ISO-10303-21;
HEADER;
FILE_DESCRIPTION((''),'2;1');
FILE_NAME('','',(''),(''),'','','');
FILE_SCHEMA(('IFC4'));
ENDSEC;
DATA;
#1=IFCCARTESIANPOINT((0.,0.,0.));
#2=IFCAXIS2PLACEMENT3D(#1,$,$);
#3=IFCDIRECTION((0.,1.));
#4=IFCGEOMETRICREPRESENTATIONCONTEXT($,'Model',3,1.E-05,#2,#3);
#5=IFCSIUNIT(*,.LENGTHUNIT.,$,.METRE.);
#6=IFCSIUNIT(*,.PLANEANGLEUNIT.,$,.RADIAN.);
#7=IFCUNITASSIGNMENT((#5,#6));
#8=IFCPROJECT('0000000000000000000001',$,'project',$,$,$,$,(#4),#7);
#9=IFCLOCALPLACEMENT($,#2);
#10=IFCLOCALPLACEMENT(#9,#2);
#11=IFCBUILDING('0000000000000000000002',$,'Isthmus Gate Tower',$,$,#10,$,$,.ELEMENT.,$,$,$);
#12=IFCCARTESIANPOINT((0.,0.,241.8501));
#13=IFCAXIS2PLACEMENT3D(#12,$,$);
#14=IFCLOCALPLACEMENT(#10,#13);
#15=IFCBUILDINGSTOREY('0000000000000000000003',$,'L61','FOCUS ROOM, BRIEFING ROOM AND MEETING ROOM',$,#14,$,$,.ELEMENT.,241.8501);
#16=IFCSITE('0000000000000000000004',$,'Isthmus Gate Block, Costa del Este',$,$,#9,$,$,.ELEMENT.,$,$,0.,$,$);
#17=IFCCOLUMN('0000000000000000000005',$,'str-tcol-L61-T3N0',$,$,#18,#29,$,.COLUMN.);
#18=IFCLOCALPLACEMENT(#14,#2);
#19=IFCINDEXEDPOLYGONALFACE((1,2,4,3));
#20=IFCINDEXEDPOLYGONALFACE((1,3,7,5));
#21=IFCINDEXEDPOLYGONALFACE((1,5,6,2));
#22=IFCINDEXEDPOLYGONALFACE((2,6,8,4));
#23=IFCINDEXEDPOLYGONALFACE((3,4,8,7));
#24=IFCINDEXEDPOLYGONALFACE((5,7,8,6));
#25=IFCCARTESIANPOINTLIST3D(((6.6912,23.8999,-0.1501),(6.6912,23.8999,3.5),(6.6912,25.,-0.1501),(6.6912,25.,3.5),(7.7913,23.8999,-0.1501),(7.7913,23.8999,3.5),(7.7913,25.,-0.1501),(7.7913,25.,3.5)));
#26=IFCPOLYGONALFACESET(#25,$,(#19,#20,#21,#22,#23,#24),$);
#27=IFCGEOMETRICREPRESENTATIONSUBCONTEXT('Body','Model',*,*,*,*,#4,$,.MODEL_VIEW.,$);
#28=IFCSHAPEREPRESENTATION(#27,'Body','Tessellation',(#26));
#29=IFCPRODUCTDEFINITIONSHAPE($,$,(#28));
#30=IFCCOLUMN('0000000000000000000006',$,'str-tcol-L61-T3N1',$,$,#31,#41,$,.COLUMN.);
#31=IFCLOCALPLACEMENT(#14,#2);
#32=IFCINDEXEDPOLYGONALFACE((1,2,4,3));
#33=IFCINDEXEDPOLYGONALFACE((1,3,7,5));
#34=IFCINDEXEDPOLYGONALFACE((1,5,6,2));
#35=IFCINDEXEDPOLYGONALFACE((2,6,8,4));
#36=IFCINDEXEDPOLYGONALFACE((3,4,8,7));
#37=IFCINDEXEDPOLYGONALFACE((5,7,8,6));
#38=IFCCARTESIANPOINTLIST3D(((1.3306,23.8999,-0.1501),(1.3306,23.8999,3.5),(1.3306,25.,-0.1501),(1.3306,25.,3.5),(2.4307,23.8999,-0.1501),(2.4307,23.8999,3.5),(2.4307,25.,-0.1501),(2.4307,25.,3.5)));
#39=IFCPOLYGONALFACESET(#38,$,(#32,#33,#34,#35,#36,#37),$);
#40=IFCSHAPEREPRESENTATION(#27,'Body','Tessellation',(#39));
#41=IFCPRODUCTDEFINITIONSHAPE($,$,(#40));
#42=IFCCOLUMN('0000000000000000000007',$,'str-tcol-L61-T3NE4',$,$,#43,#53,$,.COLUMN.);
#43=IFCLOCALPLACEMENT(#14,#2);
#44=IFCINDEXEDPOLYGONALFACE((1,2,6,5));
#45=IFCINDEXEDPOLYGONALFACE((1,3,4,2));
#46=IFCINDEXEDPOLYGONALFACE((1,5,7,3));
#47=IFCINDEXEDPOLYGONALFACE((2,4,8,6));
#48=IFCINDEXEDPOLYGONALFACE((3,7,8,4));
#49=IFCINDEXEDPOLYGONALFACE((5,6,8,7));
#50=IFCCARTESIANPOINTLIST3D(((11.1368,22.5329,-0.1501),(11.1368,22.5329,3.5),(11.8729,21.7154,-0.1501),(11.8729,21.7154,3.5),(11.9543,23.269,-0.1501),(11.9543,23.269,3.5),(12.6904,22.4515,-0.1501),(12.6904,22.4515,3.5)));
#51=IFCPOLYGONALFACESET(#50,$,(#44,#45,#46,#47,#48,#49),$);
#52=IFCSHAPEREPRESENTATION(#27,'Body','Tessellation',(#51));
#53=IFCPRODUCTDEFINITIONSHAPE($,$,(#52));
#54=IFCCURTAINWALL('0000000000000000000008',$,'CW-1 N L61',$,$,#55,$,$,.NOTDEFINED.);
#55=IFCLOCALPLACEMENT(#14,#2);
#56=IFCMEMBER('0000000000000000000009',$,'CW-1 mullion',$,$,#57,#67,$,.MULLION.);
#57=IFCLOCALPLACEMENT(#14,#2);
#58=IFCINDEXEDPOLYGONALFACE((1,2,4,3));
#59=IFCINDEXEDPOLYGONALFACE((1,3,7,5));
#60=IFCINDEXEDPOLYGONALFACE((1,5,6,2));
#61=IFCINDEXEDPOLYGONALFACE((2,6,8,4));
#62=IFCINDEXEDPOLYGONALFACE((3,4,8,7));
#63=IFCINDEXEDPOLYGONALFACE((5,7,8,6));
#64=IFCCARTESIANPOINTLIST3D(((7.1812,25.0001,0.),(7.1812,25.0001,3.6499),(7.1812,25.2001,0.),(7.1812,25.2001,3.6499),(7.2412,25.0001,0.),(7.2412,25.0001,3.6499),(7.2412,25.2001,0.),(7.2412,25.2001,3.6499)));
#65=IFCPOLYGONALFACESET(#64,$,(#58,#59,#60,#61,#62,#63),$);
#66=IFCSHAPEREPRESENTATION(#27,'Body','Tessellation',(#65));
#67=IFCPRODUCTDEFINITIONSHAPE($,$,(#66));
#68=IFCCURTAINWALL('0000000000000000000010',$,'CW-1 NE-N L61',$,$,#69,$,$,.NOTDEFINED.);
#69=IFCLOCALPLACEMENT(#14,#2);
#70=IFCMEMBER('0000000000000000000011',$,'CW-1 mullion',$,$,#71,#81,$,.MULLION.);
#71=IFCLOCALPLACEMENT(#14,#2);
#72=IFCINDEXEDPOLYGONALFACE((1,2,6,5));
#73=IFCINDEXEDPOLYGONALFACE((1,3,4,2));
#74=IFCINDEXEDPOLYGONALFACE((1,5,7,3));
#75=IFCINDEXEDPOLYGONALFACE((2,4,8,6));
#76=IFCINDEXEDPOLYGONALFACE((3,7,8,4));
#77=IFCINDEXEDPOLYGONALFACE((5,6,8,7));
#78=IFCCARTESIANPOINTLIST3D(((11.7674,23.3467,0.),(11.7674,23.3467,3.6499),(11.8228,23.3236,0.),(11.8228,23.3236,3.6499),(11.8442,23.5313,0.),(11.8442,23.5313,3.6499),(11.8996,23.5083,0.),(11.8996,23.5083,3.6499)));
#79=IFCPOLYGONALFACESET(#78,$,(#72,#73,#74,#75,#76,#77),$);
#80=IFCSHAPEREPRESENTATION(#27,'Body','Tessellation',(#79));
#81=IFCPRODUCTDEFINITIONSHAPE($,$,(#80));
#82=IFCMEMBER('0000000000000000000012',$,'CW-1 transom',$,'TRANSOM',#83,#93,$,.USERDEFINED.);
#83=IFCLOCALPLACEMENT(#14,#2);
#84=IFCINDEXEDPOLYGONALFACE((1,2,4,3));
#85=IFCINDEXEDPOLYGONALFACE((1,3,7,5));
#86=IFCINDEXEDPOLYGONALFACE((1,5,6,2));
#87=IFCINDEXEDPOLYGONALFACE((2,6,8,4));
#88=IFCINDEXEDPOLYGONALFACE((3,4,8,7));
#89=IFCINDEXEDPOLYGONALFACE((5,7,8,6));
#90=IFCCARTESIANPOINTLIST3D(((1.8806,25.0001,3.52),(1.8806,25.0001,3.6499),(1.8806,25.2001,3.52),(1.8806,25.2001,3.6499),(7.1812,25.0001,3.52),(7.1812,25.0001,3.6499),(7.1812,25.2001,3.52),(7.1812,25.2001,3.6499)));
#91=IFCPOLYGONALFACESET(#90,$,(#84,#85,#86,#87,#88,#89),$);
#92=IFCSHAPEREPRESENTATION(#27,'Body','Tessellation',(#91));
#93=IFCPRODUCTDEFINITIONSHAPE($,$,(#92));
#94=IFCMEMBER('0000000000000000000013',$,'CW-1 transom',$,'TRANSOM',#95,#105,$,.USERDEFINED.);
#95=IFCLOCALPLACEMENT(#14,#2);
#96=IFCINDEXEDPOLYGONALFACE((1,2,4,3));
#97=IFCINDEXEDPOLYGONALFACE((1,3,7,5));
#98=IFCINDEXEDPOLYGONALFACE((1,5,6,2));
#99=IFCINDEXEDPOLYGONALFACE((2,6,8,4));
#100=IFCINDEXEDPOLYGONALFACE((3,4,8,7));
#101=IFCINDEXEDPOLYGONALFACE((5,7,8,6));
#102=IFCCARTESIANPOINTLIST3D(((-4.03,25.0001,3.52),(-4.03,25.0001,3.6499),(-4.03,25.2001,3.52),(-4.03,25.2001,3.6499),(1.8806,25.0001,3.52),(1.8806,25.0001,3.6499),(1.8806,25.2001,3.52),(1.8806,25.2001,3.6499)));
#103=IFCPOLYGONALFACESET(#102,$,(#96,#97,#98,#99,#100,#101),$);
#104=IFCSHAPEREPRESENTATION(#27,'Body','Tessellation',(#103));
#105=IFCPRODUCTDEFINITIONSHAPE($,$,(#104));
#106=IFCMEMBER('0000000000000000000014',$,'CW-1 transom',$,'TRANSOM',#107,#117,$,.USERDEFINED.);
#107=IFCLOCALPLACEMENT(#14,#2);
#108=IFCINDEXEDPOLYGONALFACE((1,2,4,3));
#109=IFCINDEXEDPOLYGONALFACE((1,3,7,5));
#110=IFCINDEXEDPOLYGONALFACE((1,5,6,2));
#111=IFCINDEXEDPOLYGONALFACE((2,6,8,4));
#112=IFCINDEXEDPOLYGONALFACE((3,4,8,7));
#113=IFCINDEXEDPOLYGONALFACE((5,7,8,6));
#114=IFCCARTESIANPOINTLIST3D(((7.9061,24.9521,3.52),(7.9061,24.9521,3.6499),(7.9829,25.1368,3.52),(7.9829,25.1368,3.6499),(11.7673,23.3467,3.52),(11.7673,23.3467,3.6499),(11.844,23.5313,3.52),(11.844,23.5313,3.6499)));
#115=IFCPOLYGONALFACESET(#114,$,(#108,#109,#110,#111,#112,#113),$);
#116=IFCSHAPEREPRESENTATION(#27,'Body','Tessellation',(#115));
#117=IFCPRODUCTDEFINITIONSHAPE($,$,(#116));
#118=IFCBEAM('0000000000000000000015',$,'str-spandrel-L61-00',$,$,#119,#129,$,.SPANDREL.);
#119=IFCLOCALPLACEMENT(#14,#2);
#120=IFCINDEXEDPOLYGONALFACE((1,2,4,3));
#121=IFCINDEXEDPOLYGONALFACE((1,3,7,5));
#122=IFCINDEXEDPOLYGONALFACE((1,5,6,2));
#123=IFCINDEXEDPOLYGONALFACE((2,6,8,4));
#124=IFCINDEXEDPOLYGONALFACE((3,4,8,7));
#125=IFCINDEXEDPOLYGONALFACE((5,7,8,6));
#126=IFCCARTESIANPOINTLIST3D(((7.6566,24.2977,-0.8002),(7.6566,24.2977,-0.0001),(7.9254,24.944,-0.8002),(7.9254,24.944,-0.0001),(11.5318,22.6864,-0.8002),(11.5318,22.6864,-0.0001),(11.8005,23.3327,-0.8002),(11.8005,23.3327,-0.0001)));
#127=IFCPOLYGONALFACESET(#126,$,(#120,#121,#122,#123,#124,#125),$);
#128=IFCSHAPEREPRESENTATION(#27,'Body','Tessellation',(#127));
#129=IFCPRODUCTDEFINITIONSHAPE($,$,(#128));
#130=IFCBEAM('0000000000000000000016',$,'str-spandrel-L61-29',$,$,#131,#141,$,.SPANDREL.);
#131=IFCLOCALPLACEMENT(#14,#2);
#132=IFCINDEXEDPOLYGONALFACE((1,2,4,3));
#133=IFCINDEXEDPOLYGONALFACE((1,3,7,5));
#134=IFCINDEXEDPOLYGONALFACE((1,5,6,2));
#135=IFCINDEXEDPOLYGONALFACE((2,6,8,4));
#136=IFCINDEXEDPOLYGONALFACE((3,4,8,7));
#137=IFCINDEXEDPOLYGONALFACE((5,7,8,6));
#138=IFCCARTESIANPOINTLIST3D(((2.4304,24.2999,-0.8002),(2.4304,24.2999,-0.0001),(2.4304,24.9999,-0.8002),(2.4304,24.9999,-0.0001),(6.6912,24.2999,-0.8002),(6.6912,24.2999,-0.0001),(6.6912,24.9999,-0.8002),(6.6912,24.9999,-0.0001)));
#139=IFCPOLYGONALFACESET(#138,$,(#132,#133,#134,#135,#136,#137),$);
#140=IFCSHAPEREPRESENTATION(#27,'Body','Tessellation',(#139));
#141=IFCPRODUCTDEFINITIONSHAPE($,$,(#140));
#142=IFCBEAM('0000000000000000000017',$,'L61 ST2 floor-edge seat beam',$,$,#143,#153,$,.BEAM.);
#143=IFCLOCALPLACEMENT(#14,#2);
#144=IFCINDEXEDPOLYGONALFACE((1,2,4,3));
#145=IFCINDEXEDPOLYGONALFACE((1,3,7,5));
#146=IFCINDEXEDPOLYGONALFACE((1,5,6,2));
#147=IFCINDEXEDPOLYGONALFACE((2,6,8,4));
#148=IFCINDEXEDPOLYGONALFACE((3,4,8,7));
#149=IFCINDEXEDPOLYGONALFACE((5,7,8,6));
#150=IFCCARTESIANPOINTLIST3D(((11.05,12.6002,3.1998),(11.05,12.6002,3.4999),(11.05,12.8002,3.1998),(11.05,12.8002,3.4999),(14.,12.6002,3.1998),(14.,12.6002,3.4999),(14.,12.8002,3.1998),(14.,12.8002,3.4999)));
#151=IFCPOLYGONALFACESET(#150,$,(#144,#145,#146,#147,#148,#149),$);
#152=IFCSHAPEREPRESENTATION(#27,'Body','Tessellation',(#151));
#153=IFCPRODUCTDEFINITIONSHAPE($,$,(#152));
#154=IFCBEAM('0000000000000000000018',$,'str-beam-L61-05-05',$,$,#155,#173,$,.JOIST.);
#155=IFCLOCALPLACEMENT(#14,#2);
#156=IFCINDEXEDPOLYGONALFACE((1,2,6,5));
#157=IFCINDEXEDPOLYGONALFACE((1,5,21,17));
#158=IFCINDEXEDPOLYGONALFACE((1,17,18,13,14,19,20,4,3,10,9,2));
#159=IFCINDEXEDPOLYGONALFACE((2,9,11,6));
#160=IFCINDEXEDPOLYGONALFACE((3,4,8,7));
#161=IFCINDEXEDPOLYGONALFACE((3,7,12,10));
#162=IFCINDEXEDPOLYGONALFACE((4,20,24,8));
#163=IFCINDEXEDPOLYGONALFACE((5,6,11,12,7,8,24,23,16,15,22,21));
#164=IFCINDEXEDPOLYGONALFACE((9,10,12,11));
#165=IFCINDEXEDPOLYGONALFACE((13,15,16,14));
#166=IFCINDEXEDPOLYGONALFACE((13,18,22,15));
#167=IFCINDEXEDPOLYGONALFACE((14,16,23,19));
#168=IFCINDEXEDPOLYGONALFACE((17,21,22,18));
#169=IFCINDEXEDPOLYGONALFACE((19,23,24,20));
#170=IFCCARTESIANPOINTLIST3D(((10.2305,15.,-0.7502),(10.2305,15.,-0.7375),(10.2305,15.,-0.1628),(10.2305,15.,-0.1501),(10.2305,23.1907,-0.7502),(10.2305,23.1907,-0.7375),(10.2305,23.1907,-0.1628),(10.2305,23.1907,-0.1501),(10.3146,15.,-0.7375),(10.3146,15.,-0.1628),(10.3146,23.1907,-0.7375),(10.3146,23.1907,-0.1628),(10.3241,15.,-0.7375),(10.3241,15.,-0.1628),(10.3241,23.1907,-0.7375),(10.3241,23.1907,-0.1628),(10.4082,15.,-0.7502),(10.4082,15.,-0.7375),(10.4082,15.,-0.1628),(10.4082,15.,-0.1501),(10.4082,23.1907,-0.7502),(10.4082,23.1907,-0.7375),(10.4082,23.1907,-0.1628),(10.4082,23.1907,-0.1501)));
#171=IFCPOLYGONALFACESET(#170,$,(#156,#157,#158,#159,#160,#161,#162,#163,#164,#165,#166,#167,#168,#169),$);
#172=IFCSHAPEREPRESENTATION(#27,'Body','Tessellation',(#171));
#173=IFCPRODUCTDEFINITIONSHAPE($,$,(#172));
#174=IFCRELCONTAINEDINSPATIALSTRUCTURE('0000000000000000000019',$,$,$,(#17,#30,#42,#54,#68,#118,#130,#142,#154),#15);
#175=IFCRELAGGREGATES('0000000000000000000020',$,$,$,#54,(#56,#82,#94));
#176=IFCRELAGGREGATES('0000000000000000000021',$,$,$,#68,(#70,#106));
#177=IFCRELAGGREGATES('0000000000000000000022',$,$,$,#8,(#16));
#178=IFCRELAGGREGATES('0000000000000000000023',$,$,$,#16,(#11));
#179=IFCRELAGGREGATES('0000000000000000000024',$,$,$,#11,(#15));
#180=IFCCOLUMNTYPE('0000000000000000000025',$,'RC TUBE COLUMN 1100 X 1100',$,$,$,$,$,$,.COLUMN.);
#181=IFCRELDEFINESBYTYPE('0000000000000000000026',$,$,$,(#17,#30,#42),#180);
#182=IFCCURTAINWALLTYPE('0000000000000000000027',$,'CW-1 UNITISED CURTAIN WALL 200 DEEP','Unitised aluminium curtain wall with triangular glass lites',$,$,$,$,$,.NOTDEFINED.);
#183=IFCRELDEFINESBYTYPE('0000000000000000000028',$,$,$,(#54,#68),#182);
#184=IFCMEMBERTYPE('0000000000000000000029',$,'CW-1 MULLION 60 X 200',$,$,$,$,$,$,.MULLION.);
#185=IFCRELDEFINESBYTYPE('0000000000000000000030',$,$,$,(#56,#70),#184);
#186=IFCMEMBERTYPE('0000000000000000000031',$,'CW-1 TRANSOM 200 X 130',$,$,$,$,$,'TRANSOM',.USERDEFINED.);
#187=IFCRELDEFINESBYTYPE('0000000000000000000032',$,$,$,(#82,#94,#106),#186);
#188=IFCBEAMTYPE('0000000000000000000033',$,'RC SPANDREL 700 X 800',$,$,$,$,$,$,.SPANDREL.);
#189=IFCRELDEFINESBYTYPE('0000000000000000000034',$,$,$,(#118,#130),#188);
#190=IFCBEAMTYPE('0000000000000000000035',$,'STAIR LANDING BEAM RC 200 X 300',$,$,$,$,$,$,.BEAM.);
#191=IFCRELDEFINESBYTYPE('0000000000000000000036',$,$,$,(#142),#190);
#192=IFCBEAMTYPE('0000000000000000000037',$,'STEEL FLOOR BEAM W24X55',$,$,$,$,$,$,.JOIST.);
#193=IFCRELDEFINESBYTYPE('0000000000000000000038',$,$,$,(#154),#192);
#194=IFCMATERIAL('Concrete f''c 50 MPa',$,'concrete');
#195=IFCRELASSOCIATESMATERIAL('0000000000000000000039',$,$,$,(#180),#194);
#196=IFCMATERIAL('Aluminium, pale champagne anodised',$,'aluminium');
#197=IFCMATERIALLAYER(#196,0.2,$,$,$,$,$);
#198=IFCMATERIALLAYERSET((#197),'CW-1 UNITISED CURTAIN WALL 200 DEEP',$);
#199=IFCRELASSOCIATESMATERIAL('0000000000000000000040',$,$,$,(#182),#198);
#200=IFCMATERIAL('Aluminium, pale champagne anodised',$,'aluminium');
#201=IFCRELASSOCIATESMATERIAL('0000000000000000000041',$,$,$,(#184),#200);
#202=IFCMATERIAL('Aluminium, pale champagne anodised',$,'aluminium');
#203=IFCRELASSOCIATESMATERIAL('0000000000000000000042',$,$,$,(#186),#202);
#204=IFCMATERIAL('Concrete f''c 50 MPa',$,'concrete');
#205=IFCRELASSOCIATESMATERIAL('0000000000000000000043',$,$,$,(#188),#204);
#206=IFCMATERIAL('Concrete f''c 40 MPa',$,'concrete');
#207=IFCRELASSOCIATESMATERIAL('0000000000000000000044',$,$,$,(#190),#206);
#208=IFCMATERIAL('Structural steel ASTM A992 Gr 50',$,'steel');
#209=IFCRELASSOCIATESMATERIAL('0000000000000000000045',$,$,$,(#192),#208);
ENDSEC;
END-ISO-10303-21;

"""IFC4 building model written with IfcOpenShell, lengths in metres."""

from ifc_helpers import new_model, si_unit, direction, frame, origin, origin_2d, place, context, subcontext, project, spatial, rectangle, i_section, extrude, material, layer, layer_set, material_profile, profile_set, type_object, element, aggregate, save


model = new_model("IFC4")

# Units and contexts
model_context = context("Model", 3, precision=1e-05, world=origin(), true_north=direction((0.0, 1.0)))
body_context = subcontext(model_context, "Body", "Model", "MODEL_VIEW")
ifc_project = project(units=[si_unit("LENGTHUNIT", "METRE"), si_unit("PLANEANGLEUNIT", "RADIAN")], contexts=[model_context])

# Site, building, storey
site_placement = place(None, origin())
site = spatial("IfcSite", under=ifc_project, at=site_placement, Name="Isthmus Gate Block, Costa del Este", CompositionType="ELEMENT", RefElevation=0.0)
building_placement = place(site_placement, origin())
building = spatial("IfcBuilding", under=site, at=building_placement, Name="Isthmus Gate Tower", CompositionType="ELEMENT")
storey_placement = place(building_placement, frame((0.0, 0.0, 241.8501)))
storey = spatial("IfcBuildingStorey", under=building, at=storey_placement, Name="L61", Description="FOCUS ROOM, BRIEFING ROOM AND MEETING ROOM", CompositionType="ELEMENT", Elevation=241.8501)

# Columns
ifc_material_1 = material(Name="Concrete f'c 50 MPa", Category="concrete")
ifc_material_profile_1 = material_profile(ifc_material_1, rectangle(XDim=1.1001, YDim=1.1001, at=origin_2d()), Name="RC 1100X1100")
ifc_profile_set_1 = profile_set([ifc_material_profile_1], Name="Concrete f'c 50 MPa")
column_type = type_object("IfcColumnType", Name="RC TUBE COLUMN 1100 X 1100", PredefinedType="COLUMN", material=ifc_profile_set_1)
for number, where, z_axis, x_axis, name in (
    (1, (7.2412, 24.45, -0.1501), (0.0, 0.0, 1.0), (-1.0, 0.0, 0.0), "str-tcol-L61-T3N0"),
    (2, (1.8806, 24.45, -0.1501), (0.0, 0.0, 1.0), (-1.0, 0.0, 0.0), "str-tcol-L61-T3N1"),
    (3, (11.9136, 22.4922, -0.1501), (0.0, 0.0, 1.0), (-0.669131, 0.743145, 0.0), "str-tcol-L61-T3NE4"),
):
    element("IfcColumn", number, at=place(storey_placement, frame(where, z_axis=z_axis, x_axis=x_axis)), inside=storey, type_object=column_type, Name=name, PredefinedType="COLUMN", context=body_context, shape_type="SweptSolid", body=[
        extrude(rectangle(XDim=1.1001, YDim=1.1001, at=origin_2d()), origin(), (0.0, 0.0, 1.0), 3.6501),
    ])

# Curtain walls, members
ifc_material_2 = material(Name="Aluminium, pale champagne anodised", Category="aluminium")
ifc_layer_1 = layer(ifc_material_2, 0.2)
ifc_layer_set_1 = layer_set([ifc_layer_1], Name="CW-1 UNITISED CURTAIN WALL 200 DEEP")
curtain_wall_type = type_object("IfcCurtainWallType", Name="CW-1 UNITISED CURTAIN WALL 200 DEEP", Description="Unitised aluminium curtain wall with triangular glass lites", PredefinedType="NOTDEFINED", material=ifc_layer_set_1)
curtain_wall_1_placement = place(storey_placement, origin())
curtain_wall_1 = element("IfcCurtainWall", 4, at=curtain_wall_1_placement, inside=storey, type_object=curtain_wall_type, Name="CW-1 N L61", PredefinedType="NOTDEFINED")
ifc_material_3 = material(Name="Aluminium, pale champagne anodised", Category="aluminium")
ifc_material_profile_2 = material_profile(ifc_material_3, rectangle(XDim=0.0601, YDim=0.2, at=origin_2d()), Name="60x200")
ifc_profile_set_2 = profile_set([ifc_material_profile_2], Name="Aluminium, pale champagne anodised")
member_type_1 = type_object("IfcMemberType", Name="CW-1 MULLION 60 X 200", PredefinedType="MULLION", material=ifc_profile_set_2)
member_1_placement = place(storey_placement, frame((7.2112, 25.1001, 0.0), z_axis=(0.0, 0.0, 1.0), x_axis=(-1.0, 0.0, 0.0)))
member_1 = element("IfcMember", 5, at=member_1_placement, type_object=member_type_1, Name="CW-1 mullion", PredefinedType="MULLION", context=body_context, shape_type="SweptSolid", body=[
    extrude(rectangle(XDim=0.0601, YDim=0.2, at=origin_2d()), origin(), (0.0, 0.0, 1.0), 3.6499),
])
curtain_wall_2_placement = place(storey_placement, origin())
curtain_wall_2 = element("IfcCurtainWall", 6, at=curtain_wall_2_placement, inside=storey, type_object=curtain_wall_type, Name="CW-1 NE-N L61", PredefinedType="NOTDEFINED")
member_2_placement = place(storey_placement, frame((11.8335, 23.4275, 0.0), z_axis=(0.0, 0.0, 1.0), x_axis=(-0.923353, 0.383952, 0.0)))
member_2 = element("IfcMember", 7, at=member_2_placement, type_object=member_type_1, Name="CW-1 mullion", PredefinedType="MULLION", context=body_context, shape_type="SweptSolid", body=[
    extrude(rectangle(XDim=0.0601, YDim=0.2, at=origin_2d()), origin(), (0.0, 0.0, 1.0), 3.6499),
])

# Members
ifc_material_4 = material(Name="Aluminium, pale champagne anodised", Category="aluminium")
ifc_material_profile_3 = material_profile(ifc_material_4, rectangle(XDim=0.2, YDim=0.1299, at=origin_2d()), Name="200x130")
ifc_profile_set_3 = profile_set([ifc_material_profile_3], Name="Aluminium, pale champagne anodised")
member_type_2 = type_object("IfcMemberType", Name="CW-1 TRANSOM 200 X 130", ElementType="TRANSOM", PredefinedType="USERDEFINED", material=ifc_profile_set_3)
member_3_placement = place(storey_placement, frame((7.1812, 25.1001, 3.585), z_axis=(-1.0, 0.0, 0.0), x_axis=(0.0, -1.0, 0.0)))
member_3 = element("IfcMember", 8, at=member_3_placement, type_object=member_type_2, Name="CW-1 transom", ObjectType="TRANSOM", PredefinedType="USERDEFINED", context=body_context, shape_type="SweptSolid", body=[
    extrude(rectangle(XDim=0.2, YDim=0.1299, at=origin_2d()), origin(), (0.0, 0.0, 1.0), 5.3005),
])
member_4_placement = place(storey_placement, frame((1.8806, 25.1001, 3.585), z_axis=(-1.0, 0.0, 0.0), x_axis=(0.0, -1.0, 0.0)))
member_4 = element("IfcMember", 9, at=member_4_placement, type_object=member_type_2, Name="CW-1 transom", ObjectType="TRANSOM", PredefinedType="USERDEFINED", context=body_context, shape_type="SweptSolid", body=[
    extrude(rectangle(XDim=0.2, YDim=0.1299, at=origin_2d()), origin(), (0.0, 0.0, 1.0), 5.9106),
])
member_5_placement = place(storey_placement, frame((11.8057, 23.439, 3.585), z_axis=(-0.923358, 0.38394, 0.0), x_axis=(-0.38394, -0.923358, 0.0)))
member_5 = element("IfcMember", 10, at=member_5_placement, type_object=member_type_2, Name="CW-1 transom", ObjectType="TRANSOM", PredefinedType="USERDEFINED", context=body_context, shape_type="SweptSolid", body=[
    extrude(rectangle(XDim=0.2, YDim=0.1299, at=origin_2d()), origin(), (0.0, 0.0, 1.0), 4.1816),
])

# Beams
ifc_material_5 = material(Name="Concrete f'c 50 MPa", Category="concrete")
ifc_material_profile_4 = material_profile(ifc_material_5, rectangle(XDim=0.7, YDim=0.8, at=origin_2d()), Name="RC 700X800")
ifc_profile_set_4 = profile_set([ifc_material_profile_4], Name="Concrete f'c 50 MPa")
beam_type_1 = type_object("IfcBeamType", Name="RC SPANDREL 700 X 800", PredefinedType="SPANDREL", material=ifc_profile_set_4)
beam_1_placement = place(storey_placement, frame((7.791, 24.6208, -0.4001), z_axis=(0.923361, -0.383934, 0.0), x_axis=(0.383934, 0.923361, 0.0)))
element("IfcBeam", 11, at=beam_1_placement, inside=storey, type_object=beam_type_1, Name="str-spandrel-L61-00", PredefinedType="SPANDREL", context=body_context, shape_type="SweptSolid", body=[
    extrude(rectangle(XDim=0.7, YDim=0.8, at=origin_2d()), origin(), (0.0, 0.0, 1.0), 4.1968),
])
beam_2_placement = place(storey_placement, frame((2.4304, 24.6499, -0.4001), z_axis=(1.0, 0.0, 0.0), x_axis=(0.0, 1.0, 0.0)))
element("IfcBeam", 12, at=beam_2_placement, inside=storey, type_object=beam_type_1, Name="str-spandrel-L61-29", PredefinedType="SPANDREL", context=body_context, shape_type="SweptSolid", body=[
    extrude(rectangle(XDim=0.7, YDim=0.8, at=origin_2d()), origin(), (0.0, 0.0, 1.0), 4.2607),
])
ifc_material_6 = material(Name="Concrete f'c 40 MPa", Category="concrete")
ifc_material_profile_5 = material_profile(ifc_material_6, rectangle(XDim=0.2, YDim=0.3, at=origin_2d()), Name="STAIR LANDING BEAM RC 200 X 300")
ifc_profile_set_5 = profile_set([ifc_material_profile_5], Name="Concrete f'c 40 MPa")
beam_type_2 = type_object("IfcBeamType", Name="STAIR LANDING BEAM RC 200 X 300", PredefinedType="BEAM", material=ifc_profile_set_5)
beam_3_placement = place(storey_placement, frame((11.05, 12.7002, 3.3499), z_axis=(1.0, 0.0, 0.0), x_axis=(0.0, 1.0, 0.0)))
element("IfcBeam", 13, at=beam_3_placement, inside=storey, type_object=beam_type_2, Name="L61 ST2 floor-edge seat beam", PredefinedType="BEAM", context=body_context, shape_type="SweptSolid", body=[
    extrude(rectangle(XDim=0.2, YDim=0.3, at=origin_2d()), origin(), (0.0, 0.0, 1.0), 2.95),
])
ifc_material_7 = material(Name="Structural steel ASTM A992 Gr 50", Category="steel")
ifc_material_profile_6 = material_profile(ifc_material_7, i_section(OverallWidth=0.1777, OverallDepth=0.6001, WebThickness=0.0095, FlangeThickness=0.0127, at=origin_2d()), Name="W24X55")
ifc_profile_set_6 = profile_set([ifc_material_profile_6], Name="Structural steel ASTM A992 Gr 50")
beam_type_3 = type_object("IfcBeamType", Name="STEEL FLOOR BEAM W24X55", PredefinedType="JOIST", material=ifc_profile_set_6)
beam_4_placement = place(storey_placement, frame((10.3193, 15.0, -0.4502), z_axis=(0.0, 1.0, 0.0), x_axis=(-1.0, 0.0, 0.0)))
element("IfcBeam", 14, at=beam_4_placement, inside=storey, type_object=beam_type_3, Name="str-beam-L61-05-05", PredefinedType="JOIST", context=body_context, shape_type="SweptSolid", body=[
    extrude(i_section(OverallWidth=0.1777, OverallDepth=0.6001, WebThickness=0.0095, FlangeThickness=0.0127, at=origin_2d()), origin(), (0.0, 0.0, 1.0), 8.1907),
])

aggregate(curtain_wall_1, [member_1, member_3, member_4])
aggregate(curtain_wall_2, [member_2, member_5])

save(model, "model.ifc")
